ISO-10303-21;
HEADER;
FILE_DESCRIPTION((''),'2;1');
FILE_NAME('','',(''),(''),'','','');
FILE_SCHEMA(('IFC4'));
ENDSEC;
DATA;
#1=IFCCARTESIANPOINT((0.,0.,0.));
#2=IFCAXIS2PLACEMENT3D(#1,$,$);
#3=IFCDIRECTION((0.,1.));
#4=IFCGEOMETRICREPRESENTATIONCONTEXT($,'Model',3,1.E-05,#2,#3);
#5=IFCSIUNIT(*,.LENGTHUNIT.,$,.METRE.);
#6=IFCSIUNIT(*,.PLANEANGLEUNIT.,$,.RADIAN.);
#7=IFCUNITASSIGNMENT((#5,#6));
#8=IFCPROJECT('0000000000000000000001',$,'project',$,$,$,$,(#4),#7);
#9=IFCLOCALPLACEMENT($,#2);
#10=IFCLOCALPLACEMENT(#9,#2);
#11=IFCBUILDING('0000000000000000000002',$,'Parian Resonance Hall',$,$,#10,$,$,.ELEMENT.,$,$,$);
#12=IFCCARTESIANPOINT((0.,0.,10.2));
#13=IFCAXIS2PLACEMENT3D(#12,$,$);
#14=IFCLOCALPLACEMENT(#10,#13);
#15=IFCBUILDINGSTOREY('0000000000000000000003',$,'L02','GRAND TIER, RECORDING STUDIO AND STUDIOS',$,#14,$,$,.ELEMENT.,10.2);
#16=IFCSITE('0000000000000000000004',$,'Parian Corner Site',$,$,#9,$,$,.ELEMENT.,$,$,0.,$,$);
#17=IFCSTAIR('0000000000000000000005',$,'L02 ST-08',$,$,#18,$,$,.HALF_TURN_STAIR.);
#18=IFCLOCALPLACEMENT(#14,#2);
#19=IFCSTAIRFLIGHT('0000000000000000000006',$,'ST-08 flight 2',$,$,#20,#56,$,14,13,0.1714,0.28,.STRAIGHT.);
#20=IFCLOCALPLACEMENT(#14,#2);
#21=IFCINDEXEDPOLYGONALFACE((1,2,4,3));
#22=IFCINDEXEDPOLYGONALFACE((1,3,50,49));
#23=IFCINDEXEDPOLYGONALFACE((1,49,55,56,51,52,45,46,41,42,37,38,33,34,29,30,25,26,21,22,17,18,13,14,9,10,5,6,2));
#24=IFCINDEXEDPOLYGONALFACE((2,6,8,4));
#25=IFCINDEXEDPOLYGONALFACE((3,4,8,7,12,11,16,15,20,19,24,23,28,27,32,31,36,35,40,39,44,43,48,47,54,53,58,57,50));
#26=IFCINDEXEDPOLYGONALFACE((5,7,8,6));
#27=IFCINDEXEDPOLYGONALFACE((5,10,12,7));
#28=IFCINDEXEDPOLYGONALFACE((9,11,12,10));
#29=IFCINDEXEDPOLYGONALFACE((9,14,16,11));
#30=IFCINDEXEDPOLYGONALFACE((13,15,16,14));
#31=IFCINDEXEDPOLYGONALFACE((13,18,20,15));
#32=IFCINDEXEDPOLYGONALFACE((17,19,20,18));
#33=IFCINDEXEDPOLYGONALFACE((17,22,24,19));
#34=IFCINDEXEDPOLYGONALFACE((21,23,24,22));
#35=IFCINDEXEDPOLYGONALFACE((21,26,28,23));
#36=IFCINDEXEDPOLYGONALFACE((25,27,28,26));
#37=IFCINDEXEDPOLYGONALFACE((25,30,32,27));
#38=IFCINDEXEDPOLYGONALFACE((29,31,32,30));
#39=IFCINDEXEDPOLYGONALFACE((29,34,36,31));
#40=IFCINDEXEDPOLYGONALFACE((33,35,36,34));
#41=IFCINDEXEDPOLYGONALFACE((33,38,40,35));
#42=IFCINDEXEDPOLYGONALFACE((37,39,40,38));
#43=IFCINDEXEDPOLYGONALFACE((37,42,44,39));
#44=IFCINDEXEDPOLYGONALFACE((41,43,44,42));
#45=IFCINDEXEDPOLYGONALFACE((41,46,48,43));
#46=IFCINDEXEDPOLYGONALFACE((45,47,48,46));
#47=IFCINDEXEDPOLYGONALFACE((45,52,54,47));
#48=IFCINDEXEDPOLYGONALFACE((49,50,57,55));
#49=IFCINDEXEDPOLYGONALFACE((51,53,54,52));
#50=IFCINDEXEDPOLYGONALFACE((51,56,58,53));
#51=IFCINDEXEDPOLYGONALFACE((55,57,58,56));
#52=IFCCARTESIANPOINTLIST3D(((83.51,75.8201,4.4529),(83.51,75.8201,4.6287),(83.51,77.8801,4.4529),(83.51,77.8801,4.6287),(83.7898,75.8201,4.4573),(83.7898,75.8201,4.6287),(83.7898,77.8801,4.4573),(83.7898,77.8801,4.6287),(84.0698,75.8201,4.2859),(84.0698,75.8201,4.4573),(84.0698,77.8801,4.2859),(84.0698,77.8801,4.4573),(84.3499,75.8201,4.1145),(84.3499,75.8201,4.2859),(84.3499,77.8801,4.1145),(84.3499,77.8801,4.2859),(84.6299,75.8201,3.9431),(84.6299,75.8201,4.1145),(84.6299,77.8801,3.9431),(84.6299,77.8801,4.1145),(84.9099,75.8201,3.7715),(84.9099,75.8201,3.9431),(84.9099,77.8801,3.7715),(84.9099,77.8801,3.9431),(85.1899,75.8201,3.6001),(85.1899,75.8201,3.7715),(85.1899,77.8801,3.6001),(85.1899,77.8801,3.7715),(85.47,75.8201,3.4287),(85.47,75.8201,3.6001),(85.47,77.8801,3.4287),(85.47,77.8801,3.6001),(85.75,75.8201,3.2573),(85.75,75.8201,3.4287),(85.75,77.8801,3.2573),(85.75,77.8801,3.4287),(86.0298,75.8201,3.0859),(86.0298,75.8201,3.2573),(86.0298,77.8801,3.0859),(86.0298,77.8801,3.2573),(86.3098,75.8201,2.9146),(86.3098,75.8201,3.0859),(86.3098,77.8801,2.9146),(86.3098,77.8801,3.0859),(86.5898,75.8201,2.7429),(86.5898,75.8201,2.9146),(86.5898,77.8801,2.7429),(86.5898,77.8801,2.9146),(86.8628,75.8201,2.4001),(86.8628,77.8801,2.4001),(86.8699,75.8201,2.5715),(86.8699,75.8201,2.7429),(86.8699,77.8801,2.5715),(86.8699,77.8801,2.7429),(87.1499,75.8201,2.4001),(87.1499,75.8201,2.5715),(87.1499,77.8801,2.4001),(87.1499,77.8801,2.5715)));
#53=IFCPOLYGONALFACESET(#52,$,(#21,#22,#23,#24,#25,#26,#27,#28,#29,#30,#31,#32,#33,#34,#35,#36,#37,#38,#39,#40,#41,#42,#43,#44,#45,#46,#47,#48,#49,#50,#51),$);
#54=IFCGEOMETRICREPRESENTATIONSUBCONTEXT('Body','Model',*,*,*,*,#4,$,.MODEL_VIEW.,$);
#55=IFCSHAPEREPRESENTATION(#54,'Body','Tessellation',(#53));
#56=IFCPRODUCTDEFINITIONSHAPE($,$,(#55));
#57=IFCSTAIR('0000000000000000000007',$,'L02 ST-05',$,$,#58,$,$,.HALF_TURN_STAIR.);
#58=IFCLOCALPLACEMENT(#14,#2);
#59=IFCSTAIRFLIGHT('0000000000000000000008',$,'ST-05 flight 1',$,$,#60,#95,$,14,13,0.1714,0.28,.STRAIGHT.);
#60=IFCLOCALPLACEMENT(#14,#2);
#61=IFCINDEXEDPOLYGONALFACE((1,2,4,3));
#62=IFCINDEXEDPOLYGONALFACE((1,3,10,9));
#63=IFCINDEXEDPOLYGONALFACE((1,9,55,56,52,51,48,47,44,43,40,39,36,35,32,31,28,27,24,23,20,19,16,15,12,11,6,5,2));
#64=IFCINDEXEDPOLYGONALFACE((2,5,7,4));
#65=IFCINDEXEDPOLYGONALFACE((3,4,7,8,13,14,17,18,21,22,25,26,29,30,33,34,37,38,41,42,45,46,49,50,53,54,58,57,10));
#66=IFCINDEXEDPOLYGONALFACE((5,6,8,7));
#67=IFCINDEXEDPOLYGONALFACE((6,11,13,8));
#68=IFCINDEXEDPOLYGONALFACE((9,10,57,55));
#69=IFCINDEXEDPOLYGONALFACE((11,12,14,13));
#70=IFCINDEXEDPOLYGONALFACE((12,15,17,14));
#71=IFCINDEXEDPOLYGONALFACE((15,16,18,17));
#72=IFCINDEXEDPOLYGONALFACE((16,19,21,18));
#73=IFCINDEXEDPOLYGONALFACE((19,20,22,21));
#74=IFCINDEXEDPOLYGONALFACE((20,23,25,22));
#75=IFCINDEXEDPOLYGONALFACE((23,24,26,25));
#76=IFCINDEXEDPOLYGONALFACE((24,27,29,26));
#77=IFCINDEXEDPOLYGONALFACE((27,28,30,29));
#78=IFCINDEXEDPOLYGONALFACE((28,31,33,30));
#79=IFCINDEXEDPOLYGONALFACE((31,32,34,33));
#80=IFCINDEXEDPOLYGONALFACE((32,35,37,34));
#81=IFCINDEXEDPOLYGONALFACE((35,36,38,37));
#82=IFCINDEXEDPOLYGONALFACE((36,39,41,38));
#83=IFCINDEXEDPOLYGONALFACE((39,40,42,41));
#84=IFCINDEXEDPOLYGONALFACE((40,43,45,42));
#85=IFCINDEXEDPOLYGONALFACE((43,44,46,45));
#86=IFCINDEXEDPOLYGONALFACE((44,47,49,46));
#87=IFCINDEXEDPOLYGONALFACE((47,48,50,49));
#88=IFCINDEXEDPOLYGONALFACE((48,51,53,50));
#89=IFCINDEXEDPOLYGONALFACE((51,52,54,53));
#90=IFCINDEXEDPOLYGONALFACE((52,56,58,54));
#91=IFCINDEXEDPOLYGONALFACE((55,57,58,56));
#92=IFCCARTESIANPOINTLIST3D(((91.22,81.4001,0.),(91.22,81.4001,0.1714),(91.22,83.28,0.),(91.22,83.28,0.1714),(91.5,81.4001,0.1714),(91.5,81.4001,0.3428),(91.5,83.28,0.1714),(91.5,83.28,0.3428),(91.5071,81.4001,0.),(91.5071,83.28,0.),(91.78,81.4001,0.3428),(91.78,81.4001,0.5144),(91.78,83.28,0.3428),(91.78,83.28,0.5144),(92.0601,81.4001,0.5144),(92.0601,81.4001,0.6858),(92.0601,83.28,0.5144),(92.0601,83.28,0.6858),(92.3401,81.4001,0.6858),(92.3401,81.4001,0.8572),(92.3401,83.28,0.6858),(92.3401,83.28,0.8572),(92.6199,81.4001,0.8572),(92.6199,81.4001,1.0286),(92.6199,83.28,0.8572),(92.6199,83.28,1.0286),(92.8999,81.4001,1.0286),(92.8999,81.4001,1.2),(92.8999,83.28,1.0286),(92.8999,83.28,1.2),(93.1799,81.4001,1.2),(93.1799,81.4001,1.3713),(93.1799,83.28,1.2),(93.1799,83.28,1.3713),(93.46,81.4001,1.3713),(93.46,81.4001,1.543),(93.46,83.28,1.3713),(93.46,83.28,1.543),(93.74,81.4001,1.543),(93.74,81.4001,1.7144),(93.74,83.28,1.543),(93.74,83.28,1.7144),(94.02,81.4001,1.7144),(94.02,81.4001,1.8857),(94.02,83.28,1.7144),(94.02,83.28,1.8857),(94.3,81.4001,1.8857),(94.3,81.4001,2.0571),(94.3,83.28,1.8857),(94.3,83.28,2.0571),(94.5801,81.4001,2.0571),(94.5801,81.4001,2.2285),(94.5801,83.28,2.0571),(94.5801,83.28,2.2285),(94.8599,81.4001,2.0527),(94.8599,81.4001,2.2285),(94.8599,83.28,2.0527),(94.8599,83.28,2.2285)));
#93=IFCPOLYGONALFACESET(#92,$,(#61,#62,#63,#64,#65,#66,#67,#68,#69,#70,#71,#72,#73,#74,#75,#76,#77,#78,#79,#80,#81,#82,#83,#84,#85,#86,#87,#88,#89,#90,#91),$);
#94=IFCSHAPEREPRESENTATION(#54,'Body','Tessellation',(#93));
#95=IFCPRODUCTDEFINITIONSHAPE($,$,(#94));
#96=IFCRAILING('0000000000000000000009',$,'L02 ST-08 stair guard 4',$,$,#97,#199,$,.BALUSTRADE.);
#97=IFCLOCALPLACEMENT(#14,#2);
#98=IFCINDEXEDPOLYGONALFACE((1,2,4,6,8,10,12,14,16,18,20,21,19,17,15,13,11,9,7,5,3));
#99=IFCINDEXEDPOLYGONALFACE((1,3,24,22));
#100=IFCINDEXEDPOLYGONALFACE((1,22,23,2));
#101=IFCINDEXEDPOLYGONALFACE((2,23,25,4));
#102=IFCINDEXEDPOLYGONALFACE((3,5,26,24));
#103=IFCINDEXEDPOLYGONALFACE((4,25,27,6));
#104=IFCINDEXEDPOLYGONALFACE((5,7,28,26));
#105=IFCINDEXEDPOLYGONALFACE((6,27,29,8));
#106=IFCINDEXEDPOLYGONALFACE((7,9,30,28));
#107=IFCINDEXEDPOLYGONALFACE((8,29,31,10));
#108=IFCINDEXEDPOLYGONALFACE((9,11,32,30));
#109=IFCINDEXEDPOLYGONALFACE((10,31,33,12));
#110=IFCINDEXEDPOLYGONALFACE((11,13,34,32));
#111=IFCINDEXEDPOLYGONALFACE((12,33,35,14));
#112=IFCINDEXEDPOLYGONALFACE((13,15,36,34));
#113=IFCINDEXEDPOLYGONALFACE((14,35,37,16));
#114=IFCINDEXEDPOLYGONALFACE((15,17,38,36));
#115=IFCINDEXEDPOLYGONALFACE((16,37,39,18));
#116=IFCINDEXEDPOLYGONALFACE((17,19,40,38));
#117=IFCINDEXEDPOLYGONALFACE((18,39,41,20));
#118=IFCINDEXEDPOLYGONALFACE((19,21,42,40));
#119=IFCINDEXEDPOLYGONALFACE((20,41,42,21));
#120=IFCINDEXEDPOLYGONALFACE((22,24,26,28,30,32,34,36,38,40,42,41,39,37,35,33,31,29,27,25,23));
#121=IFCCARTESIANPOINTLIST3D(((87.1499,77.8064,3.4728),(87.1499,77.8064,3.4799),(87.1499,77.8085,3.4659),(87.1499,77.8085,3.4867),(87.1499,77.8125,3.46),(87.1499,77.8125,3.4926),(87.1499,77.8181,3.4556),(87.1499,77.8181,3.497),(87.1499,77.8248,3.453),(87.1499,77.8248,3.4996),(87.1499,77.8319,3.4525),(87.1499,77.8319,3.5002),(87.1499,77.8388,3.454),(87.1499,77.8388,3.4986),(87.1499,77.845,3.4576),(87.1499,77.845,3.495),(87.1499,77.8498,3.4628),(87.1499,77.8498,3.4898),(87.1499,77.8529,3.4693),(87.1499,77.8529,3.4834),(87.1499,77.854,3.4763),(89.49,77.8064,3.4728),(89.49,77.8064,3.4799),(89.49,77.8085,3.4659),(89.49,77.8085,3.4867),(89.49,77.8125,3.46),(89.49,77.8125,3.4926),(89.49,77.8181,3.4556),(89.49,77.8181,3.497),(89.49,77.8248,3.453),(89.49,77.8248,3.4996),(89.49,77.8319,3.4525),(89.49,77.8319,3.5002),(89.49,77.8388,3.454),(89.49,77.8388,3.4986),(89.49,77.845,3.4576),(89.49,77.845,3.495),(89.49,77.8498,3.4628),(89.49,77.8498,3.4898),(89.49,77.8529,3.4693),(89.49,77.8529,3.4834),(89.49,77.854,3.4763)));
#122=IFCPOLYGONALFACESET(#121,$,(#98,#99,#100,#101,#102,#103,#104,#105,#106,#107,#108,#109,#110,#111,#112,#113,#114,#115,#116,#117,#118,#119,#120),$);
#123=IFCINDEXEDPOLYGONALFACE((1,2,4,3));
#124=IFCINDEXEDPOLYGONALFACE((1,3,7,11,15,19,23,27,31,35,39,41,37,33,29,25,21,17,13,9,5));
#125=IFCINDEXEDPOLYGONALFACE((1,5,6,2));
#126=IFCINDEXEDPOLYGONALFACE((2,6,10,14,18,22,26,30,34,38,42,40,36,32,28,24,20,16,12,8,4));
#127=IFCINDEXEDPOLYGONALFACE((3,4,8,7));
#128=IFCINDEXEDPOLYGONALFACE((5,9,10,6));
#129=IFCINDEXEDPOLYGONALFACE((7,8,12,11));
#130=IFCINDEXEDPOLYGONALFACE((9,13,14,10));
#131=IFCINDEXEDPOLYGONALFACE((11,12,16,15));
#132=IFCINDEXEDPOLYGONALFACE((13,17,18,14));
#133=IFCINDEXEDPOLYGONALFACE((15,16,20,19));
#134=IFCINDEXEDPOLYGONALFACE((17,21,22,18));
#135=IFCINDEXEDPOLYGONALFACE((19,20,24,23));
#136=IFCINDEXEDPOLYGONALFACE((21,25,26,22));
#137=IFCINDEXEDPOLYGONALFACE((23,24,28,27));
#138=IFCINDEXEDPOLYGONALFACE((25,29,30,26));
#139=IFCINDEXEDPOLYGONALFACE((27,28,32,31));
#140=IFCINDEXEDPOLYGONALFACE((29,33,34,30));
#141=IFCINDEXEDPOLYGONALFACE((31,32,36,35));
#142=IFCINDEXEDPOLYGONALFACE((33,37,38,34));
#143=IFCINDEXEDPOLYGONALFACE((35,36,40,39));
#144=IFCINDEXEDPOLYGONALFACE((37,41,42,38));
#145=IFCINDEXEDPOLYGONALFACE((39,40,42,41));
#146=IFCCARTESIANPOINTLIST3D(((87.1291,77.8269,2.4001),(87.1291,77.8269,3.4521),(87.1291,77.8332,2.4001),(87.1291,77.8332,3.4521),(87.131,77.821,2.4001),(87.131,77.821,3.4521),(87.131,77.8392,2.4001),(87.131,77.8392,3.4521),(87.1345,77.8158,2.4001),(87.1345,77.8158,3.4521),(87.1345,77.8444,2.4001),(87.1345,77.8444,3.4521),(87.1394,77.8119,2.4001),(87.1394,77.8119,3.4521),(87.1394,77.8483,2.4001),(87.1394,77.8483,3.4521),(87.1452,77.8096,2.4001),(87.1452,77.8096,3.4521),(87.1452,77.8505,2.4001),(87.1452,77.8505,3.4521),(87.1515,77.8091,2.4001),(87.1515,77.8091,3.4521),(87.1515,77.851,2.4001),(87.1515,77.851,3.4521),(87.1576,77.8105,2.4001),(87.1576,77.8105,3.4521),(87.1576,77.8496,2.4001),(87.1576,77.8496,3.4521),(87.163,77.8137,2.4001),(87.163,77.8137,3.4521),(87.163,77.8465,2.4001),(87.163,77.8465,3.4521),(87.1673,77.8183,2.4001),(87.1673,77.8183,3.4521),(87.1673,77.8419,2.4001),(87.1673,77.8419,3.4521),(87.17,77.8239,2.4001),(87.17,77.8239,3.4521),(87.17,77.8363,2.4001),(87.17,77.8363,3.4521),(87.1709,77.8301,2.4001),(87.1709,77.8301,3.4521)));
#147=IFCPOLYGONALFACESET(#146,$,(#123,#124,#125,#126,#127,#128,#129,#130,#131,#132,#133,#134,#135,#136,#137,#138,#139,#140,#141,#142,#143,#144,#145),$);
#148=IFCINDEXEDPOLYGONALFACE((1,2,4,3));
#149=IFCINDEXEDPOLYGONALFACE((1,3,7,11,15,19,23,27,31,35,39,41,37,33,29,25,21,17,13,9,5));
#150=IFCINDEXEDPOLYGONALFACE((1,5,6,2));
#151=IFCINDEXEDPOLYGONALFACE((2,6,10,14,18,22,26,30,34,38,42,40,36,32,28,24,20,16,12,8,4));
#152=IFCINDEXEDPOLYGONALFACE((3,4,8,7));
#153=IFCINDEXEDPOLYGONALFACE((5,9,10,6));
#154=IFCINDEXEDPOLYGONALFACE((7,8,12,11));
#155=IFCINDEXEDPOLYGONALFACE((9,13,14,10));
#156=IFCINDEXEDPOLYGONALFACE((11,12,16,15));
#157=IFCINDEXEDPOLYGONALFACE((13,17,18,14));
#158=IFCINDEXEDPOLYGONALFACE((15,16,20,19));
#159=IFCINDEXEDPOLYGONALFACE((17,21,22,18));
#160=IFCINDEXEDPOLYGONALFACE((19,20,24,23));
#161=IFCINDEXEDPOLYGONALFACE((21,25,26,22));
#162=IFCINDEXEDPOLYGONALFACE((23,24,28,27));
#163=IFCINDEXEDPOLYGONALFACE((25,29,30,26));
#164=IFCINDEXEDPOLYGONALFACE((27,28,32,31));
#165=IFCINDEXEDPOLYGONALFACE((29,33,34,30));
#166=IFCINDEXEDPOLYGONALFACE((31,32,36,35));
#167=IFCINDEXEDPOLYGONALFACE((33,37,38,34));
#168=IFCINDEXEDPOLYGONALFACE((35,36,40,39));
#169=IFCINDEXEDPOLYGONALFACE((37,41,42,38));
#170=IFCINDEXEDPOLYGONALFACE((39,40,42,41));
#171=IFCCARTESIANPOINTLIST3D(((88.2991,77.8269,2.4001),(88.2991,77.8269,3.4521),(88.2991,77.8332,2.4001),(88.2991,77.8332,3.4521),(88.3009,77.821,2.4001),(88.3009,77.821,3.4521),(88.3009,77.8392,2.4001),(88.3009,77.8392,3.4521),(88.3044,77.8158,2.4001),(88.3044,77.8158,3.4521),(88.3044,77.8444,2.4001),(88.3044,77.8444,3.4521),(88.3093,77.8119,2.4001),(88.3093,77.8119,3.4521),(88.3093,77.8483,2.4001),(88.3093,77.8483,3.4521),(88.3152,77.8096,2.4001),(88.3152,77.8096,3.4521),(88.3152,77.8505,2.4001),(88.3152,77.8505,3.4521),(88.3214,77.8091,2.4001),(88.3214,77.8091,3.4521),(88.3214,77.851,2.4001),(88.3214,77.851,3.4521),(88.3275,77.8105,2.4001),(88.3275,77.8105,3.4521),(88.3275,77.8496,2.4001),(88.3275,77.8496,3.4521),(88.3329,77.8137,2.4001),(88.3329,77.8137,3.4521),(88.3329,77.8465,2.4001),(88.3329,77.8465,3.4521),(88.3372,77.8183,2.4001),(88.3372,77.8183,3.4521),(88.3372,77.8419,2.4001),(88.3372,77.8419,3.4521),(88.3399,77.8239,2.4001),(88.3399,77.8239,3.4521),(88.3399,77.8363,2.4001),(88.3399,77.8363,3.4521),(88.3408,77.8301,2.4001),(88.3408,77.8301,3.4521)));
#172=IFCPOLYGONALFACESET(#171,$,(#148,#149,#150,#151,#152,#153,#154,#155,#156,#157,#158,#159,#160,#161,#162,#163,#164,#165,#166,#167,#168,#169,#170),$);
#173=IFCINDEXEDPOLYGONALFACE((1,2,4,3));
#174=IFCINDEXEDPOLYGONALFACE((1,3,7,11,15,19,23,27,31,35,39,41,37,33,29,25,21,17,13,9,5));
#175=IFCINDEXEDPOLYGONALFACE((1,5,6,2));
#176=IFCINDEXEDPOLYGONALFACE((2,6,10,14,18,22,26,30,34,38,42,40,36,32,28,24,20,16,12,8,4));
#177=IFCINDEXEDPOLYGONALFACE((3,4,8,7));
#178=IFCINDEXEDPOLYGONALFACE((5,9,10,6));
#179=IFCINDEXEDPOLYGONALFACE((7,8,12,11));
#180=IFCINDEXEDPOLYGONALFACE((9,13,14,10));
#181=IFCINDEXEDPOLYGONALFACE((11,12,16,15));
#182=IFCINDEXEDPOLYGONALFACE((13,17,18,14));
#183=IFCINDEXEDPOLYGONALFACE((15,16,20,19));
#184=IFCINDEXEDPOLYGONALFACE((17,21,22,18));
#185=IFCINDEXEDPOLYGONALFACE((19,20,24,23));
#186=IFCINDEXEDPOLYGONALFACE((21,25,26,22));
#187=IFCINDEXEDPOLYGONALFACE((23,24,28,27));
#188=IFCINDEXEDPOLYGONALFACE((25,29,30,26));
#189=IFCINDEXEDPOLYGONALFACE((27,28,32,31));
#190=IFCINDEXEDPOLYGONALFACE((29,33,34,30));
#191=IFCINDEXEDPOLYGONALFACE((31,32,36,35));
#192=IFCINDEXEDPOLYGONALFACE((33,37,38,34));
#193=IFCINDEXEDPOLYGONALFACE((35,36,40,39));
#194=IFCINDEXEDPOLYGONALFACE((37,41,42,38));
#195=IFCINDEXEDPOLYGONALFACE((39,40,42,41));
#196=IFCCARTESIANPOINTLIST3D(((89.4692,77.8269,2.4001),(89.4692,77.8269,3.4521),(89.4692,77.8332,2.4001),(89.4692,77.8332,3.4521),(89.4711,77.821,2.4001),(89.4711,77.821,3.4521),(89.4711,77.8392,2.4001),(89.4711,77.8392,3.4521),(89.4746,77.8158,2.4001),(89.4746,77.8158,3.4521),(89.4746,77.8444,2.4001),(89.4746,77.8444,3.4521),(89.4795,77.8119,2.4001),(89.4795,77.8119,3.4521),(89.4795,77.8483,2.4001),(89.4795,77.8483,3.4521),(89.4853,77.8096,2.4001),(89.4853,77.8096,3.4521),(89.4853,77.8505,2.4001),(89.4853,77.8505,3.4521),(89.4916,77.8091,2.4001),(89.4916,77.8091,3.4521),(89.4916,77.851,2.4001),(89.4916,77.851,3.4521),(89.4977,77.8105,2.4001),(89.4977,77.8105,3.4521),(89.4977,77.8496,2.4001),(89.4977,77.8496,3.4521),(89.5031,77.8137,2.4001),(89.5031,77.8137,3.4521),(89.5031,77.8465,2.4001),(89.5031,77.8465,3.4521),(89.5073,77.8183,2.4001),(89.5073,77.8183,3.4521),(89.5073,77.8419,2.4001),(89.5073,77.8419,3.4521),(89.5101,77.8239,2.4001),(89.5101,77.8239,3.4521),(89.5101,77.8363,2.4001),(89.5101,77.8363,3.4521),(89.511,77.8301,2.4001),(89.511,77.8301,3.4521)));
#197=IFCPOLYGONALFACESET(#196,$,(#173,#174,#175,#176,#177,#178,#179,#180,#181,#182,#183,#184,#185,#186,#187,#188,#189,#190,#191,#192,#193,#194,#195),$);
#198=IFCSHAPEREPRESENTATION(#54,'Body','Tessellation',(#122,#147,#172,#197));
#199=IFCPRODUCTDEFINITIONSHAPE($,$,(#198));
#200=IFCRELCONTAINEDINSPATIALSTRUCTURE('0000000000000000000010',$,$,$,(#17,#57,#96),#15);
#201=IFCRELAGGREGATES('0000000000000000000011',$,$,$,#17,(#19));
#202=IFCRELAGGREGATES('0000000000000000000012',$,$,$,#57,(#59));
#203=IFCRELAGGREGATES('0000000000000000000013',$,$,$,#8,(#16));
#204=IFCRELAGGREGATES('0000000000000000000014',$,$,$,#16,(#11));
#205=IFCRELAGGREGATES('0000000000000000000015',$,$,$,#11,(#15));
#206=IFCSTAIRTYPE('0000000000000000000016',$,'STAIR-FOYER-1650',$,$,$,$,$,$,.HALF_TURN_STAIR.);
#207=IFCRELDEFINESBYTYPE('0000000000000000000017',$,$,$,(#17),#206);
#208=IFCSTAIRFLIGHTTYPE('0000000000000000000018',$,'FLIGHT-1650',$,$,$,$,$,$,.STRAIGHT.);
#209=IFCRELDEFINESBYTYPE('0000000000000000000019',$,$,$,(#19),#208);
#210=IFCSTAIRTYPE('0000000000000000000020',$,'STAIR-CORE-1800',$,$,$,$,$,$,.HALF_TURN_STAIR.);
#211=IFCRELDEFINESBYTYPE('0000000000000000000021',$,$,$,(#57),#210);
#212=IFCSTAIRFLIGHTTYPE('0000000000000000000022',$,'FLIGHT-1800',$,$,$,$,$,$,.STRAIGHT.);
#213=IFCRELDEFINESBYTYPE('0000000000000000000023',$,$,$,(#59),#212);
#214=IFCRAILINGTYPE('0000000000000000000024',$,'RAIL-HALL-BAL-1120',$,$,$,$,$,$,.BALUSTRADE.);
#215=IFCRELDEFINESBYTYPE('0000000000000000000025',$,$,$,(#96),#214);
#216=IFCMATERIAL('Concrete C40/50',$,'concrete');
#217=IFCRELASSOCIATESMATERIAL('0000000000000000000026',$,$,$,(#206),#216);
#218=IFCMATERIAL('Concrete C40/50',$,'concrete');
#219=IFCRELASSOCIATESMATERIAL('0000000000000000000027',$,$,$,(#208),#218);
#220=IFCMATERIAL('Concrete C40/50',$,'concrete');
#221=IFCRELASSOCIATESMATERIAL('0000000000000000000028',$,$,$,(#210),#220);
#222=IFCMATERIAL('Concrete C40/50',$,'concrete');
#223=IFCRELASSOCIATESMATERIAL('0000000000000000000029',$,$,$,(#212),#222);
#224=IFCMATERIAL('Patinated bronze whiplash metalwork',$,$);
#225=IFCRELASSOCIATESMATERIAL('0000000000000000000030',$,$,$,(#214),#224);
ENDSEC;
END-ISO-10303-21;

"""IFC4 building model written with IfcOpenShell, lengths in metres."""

from ifc_helpers import new_model, si_unit, direction, frame, origin, origin_2d, place, context, subcontext, project, spatial, polyline, circle, outline, extrude, material, type_object, element, aggregate, save


model = new_model("IFC4")

# Units and contexts
model_context = context("Model", 3, precision=1e-05, world=origin(), true_north=direction((0.0, 1.0)))
body_context = subcontext(model_context, "Body", "Model", "MODEL_VIEW")
ifc_project = project(units=[si_unit("LENGTHUNIT", "METRE"), si_unit("PLANEANGLEUNIT", "RADIAN")], contexts=[model_context])

# Site, building, storey
site_placement = place(None, origin())
site = spatial("IfcSite", under=ifc_project, at=site_placement, Name="Parian Corner Site", CompositionType="ELEMENT", RefElevation=0.0)
building_placement = place(site_placement, origin())
building = spatial("IfcBuilding", under=site, at=building_placement, Name="Parian Resonance Hall", CompositionType="ELEMENT")
storey_placement = place(building_placement, frame((0.0, 0.0, 10.2)))
storey = spatial("IfcBuildingStorey", under=building, at=storey_placement, Name="L02", Description="GRAND TIER, RECORDING STUDIO AND STUDIOS", CompositionType="ELEMENT", Elevation=10.2)

# Stairs, stair flights
ifc_material_1 = material(Name="Concrete C40/50", Category="concrete")
stair_type_1 = type_object("IfcStairType", Name="STAIR-FOYER-1650", PredefinedType="HALF_TURN_STAIR", material=ifc_material_1)
stair_1_placement = place(storey_placement, origin())
stair_1 = element("IfcStair", 1, at=stair_1_placement, inside=storey, type_object=stair_type_1, Name="L02 ST-08", PredefinedType="HALF_TURN_STAIR")
ifc_material_2 = material(Name="Concrete C40/50", Category="concrete")
stair_flight_type_1 = type_object("IfcStairFlightType", Name="FLIGHT-1650", PredefinedType="STRAIGHT", material=ifc_material_2)
stair_flight_1_placement = place(storey_placement, frame((87.1499, 76.8501, 2.4001), z_axis=(0.0, 0.0, 1.0), x_axis=(-1.0, 0.0, 0.0)))
stair_flight_1 = element("IfcStairFlight", 2, at=stair_flight_1_placement, type_object=stair_flight_type_1, Name="ST-08 flight 2", NumberOfRisers=14, NumberOfTreads=13, PredefinedType="STRAIGHT", RiserHeight=0.1714, TreadLength=0.28, context=body_context, shape_type="SweptSolid", body=[
    extrude(outline(polyline([(0.0, 0.0), (0.0, 0.1714), (0.28, 0.1714), (0.28, 0.3428), (0.5601, 0.3428), (0.5601, 0.5144), (0.8401, 0.5144), (0.8401, 0.6858), (1.1201, 0.6858), (1.1201, 0.8572), (1.3999, 0.8572), (1.3999, 1.0286), (1.6799, 1.0286), (1.6799, 1.2), (1.96, 1.2), (1.96, 1.3713), (2.24, 1.3713), (2.24, 1.543), (2.52, 1.543), (2.52, 1.7144), (2.8, 1.7144), (2.8, 1.8857), (3.0801, 1.8857), (3.0801, 2.0571), (3.3601, 2.0571), (3.3601, 2.2285), (3.6399, 2.2285), (3.6399, 2.3999), (3.6399, 2.0527), (0.2871, 0.0), (0.0, 0.0)])), frame((0.0, 1.03, 0.0), z_axis=(0.0, -1.0, 0.0), x_axis=(1.0, 0.0, 0.0)), (0.0, 0.0, 1.0), 2.0601),
])
aggregate(stair_1, [stair_flight_1])
ifc_material_3 = material(Name="Concrete C40/50", Category="concrete")
stair_type_2 = type_object("IfcStairType", Name="STAIR-CORE-1800", PredefinedType="HALF_TURN_STAIR", material=ifc_material_3)
stair_2_placement = place(storey_placement, origin())
stair_2 = element("IfcStair", 3, at=stair_2_placement, inside=storey, type_object=stair_type_2, Name="L02 ST-05", PredefinedType="HALF_TURN_STAIR")
ifc_material_4 = material(Name="Concrete C40/50", Category="concrete")
stair_flight_type_2 = type_object("IfcStairFlightType", Name="FLIGHT-1800", PredefinedType="STRAIGHT", material=ifc_material_4)
stair_flight_2_placement = place(storey_placement, frame((91.22, 82.3401, 0.0), z_axis=(0.0, 0.0, 1.0), x_axis=(1.0, 0.0, 0.0)))
stair_flight_2 = element("IfcStairFlight", 4, at=stair_flight_2_placement, type_object=stair_flight_type_2, Name="ST-05 flight 1", NumberOfRisers=14, NumberOfTreads=13, PredefinedType="STRAIGHT", RiserHeight=0.1714, TreadLength=0.28, context=body_context, shape_type="SweptSolid", body=[
    extrude(outline(polyline([(0.0, 0.0), (0.0, 0.1714), (0.28, 0.1714), (0.28, 0.3428), (0.5601, 0.3428), (0.5601, 0.5144), (0.8401, 0.5144), (0.8401, 0.6858), (1.1201, 0.6858), (1.1201, 0.8572), (1.3999, 0.8572), (1.3999, 1.0286), (1.6799, 1.0286), (1.6799, 1.2), (1.96, 1.2), (1.96, 1.3713), (2.24, 1.3713), (2.24, 1.543), (2.52, 1.543), (2.52, 1.7144), (2.8, 1.7144), (2.8, 1.8857), (3.0801, 1.8857), (3.0801, 2.0571), (3.3601, 2.0571), (3.3601, 2.2285), (3.6399, 2.2285), (3.6399, 2.3999), (3.6399, 2.0527), (0.2871, 0.0), (0.0, 0.0)])), frame((0.0, 0.9399, 0.0), z_axis=(0.0, -1.0, 0.0), x_axis=(1.0, 0.0, 0.0)), (0.0, 0.0, 1.0), 1.8799),
])
aggregate(stair_2, [stair_flight_2])

# Railing
ifc_material_5 = material(Name="Patinated bronze whiplash metalwork")
railing_type_1 = type_object("IfcRailingType", Name="RAIL-HALL-BAL-1120", PredefinedType="BALUSTRADE", material=ifc_material_5)
railing_1_placement = place(storey_placement, frame((87.1499, 77.8301, 2.4001)))
element("IfcRailing", 5, at=railing_1_placement, inside=storey, type_object=railing_type_1, Name="L02 ST-08 stair guard 4", PredefinedType="BALUSTRADE", context=body_context, shape_type="SweptSolid", body=[
    extrude(circle(Radius=0.0239, at=origin_2d()), frame((0.0, 0.0, 1.0762), z_axis=(1.0, 0.0, 0.0), x_axis=(0.0, 1.0, 0.0)), (0.0, 0.0, 1.0), 2.3401),
    extrude(circle(Radius=0.021, at=origin_2d()), origin(), (0.0, 0.0, 1.0), 1.052),
    extrude(circle(Radius=0.021, at=origin_2d()), frame((1.1699, 0.0, 0.0)), (0.0, 0.0, 1.0), 1.052),
    extrude(circle(Radius=0.021, at=origin_2d()), frame((2.3401, 0.0, 0.0)), (0.0, 0.0, 1.0), 1.052),
])

save(model, "model.ifc")
